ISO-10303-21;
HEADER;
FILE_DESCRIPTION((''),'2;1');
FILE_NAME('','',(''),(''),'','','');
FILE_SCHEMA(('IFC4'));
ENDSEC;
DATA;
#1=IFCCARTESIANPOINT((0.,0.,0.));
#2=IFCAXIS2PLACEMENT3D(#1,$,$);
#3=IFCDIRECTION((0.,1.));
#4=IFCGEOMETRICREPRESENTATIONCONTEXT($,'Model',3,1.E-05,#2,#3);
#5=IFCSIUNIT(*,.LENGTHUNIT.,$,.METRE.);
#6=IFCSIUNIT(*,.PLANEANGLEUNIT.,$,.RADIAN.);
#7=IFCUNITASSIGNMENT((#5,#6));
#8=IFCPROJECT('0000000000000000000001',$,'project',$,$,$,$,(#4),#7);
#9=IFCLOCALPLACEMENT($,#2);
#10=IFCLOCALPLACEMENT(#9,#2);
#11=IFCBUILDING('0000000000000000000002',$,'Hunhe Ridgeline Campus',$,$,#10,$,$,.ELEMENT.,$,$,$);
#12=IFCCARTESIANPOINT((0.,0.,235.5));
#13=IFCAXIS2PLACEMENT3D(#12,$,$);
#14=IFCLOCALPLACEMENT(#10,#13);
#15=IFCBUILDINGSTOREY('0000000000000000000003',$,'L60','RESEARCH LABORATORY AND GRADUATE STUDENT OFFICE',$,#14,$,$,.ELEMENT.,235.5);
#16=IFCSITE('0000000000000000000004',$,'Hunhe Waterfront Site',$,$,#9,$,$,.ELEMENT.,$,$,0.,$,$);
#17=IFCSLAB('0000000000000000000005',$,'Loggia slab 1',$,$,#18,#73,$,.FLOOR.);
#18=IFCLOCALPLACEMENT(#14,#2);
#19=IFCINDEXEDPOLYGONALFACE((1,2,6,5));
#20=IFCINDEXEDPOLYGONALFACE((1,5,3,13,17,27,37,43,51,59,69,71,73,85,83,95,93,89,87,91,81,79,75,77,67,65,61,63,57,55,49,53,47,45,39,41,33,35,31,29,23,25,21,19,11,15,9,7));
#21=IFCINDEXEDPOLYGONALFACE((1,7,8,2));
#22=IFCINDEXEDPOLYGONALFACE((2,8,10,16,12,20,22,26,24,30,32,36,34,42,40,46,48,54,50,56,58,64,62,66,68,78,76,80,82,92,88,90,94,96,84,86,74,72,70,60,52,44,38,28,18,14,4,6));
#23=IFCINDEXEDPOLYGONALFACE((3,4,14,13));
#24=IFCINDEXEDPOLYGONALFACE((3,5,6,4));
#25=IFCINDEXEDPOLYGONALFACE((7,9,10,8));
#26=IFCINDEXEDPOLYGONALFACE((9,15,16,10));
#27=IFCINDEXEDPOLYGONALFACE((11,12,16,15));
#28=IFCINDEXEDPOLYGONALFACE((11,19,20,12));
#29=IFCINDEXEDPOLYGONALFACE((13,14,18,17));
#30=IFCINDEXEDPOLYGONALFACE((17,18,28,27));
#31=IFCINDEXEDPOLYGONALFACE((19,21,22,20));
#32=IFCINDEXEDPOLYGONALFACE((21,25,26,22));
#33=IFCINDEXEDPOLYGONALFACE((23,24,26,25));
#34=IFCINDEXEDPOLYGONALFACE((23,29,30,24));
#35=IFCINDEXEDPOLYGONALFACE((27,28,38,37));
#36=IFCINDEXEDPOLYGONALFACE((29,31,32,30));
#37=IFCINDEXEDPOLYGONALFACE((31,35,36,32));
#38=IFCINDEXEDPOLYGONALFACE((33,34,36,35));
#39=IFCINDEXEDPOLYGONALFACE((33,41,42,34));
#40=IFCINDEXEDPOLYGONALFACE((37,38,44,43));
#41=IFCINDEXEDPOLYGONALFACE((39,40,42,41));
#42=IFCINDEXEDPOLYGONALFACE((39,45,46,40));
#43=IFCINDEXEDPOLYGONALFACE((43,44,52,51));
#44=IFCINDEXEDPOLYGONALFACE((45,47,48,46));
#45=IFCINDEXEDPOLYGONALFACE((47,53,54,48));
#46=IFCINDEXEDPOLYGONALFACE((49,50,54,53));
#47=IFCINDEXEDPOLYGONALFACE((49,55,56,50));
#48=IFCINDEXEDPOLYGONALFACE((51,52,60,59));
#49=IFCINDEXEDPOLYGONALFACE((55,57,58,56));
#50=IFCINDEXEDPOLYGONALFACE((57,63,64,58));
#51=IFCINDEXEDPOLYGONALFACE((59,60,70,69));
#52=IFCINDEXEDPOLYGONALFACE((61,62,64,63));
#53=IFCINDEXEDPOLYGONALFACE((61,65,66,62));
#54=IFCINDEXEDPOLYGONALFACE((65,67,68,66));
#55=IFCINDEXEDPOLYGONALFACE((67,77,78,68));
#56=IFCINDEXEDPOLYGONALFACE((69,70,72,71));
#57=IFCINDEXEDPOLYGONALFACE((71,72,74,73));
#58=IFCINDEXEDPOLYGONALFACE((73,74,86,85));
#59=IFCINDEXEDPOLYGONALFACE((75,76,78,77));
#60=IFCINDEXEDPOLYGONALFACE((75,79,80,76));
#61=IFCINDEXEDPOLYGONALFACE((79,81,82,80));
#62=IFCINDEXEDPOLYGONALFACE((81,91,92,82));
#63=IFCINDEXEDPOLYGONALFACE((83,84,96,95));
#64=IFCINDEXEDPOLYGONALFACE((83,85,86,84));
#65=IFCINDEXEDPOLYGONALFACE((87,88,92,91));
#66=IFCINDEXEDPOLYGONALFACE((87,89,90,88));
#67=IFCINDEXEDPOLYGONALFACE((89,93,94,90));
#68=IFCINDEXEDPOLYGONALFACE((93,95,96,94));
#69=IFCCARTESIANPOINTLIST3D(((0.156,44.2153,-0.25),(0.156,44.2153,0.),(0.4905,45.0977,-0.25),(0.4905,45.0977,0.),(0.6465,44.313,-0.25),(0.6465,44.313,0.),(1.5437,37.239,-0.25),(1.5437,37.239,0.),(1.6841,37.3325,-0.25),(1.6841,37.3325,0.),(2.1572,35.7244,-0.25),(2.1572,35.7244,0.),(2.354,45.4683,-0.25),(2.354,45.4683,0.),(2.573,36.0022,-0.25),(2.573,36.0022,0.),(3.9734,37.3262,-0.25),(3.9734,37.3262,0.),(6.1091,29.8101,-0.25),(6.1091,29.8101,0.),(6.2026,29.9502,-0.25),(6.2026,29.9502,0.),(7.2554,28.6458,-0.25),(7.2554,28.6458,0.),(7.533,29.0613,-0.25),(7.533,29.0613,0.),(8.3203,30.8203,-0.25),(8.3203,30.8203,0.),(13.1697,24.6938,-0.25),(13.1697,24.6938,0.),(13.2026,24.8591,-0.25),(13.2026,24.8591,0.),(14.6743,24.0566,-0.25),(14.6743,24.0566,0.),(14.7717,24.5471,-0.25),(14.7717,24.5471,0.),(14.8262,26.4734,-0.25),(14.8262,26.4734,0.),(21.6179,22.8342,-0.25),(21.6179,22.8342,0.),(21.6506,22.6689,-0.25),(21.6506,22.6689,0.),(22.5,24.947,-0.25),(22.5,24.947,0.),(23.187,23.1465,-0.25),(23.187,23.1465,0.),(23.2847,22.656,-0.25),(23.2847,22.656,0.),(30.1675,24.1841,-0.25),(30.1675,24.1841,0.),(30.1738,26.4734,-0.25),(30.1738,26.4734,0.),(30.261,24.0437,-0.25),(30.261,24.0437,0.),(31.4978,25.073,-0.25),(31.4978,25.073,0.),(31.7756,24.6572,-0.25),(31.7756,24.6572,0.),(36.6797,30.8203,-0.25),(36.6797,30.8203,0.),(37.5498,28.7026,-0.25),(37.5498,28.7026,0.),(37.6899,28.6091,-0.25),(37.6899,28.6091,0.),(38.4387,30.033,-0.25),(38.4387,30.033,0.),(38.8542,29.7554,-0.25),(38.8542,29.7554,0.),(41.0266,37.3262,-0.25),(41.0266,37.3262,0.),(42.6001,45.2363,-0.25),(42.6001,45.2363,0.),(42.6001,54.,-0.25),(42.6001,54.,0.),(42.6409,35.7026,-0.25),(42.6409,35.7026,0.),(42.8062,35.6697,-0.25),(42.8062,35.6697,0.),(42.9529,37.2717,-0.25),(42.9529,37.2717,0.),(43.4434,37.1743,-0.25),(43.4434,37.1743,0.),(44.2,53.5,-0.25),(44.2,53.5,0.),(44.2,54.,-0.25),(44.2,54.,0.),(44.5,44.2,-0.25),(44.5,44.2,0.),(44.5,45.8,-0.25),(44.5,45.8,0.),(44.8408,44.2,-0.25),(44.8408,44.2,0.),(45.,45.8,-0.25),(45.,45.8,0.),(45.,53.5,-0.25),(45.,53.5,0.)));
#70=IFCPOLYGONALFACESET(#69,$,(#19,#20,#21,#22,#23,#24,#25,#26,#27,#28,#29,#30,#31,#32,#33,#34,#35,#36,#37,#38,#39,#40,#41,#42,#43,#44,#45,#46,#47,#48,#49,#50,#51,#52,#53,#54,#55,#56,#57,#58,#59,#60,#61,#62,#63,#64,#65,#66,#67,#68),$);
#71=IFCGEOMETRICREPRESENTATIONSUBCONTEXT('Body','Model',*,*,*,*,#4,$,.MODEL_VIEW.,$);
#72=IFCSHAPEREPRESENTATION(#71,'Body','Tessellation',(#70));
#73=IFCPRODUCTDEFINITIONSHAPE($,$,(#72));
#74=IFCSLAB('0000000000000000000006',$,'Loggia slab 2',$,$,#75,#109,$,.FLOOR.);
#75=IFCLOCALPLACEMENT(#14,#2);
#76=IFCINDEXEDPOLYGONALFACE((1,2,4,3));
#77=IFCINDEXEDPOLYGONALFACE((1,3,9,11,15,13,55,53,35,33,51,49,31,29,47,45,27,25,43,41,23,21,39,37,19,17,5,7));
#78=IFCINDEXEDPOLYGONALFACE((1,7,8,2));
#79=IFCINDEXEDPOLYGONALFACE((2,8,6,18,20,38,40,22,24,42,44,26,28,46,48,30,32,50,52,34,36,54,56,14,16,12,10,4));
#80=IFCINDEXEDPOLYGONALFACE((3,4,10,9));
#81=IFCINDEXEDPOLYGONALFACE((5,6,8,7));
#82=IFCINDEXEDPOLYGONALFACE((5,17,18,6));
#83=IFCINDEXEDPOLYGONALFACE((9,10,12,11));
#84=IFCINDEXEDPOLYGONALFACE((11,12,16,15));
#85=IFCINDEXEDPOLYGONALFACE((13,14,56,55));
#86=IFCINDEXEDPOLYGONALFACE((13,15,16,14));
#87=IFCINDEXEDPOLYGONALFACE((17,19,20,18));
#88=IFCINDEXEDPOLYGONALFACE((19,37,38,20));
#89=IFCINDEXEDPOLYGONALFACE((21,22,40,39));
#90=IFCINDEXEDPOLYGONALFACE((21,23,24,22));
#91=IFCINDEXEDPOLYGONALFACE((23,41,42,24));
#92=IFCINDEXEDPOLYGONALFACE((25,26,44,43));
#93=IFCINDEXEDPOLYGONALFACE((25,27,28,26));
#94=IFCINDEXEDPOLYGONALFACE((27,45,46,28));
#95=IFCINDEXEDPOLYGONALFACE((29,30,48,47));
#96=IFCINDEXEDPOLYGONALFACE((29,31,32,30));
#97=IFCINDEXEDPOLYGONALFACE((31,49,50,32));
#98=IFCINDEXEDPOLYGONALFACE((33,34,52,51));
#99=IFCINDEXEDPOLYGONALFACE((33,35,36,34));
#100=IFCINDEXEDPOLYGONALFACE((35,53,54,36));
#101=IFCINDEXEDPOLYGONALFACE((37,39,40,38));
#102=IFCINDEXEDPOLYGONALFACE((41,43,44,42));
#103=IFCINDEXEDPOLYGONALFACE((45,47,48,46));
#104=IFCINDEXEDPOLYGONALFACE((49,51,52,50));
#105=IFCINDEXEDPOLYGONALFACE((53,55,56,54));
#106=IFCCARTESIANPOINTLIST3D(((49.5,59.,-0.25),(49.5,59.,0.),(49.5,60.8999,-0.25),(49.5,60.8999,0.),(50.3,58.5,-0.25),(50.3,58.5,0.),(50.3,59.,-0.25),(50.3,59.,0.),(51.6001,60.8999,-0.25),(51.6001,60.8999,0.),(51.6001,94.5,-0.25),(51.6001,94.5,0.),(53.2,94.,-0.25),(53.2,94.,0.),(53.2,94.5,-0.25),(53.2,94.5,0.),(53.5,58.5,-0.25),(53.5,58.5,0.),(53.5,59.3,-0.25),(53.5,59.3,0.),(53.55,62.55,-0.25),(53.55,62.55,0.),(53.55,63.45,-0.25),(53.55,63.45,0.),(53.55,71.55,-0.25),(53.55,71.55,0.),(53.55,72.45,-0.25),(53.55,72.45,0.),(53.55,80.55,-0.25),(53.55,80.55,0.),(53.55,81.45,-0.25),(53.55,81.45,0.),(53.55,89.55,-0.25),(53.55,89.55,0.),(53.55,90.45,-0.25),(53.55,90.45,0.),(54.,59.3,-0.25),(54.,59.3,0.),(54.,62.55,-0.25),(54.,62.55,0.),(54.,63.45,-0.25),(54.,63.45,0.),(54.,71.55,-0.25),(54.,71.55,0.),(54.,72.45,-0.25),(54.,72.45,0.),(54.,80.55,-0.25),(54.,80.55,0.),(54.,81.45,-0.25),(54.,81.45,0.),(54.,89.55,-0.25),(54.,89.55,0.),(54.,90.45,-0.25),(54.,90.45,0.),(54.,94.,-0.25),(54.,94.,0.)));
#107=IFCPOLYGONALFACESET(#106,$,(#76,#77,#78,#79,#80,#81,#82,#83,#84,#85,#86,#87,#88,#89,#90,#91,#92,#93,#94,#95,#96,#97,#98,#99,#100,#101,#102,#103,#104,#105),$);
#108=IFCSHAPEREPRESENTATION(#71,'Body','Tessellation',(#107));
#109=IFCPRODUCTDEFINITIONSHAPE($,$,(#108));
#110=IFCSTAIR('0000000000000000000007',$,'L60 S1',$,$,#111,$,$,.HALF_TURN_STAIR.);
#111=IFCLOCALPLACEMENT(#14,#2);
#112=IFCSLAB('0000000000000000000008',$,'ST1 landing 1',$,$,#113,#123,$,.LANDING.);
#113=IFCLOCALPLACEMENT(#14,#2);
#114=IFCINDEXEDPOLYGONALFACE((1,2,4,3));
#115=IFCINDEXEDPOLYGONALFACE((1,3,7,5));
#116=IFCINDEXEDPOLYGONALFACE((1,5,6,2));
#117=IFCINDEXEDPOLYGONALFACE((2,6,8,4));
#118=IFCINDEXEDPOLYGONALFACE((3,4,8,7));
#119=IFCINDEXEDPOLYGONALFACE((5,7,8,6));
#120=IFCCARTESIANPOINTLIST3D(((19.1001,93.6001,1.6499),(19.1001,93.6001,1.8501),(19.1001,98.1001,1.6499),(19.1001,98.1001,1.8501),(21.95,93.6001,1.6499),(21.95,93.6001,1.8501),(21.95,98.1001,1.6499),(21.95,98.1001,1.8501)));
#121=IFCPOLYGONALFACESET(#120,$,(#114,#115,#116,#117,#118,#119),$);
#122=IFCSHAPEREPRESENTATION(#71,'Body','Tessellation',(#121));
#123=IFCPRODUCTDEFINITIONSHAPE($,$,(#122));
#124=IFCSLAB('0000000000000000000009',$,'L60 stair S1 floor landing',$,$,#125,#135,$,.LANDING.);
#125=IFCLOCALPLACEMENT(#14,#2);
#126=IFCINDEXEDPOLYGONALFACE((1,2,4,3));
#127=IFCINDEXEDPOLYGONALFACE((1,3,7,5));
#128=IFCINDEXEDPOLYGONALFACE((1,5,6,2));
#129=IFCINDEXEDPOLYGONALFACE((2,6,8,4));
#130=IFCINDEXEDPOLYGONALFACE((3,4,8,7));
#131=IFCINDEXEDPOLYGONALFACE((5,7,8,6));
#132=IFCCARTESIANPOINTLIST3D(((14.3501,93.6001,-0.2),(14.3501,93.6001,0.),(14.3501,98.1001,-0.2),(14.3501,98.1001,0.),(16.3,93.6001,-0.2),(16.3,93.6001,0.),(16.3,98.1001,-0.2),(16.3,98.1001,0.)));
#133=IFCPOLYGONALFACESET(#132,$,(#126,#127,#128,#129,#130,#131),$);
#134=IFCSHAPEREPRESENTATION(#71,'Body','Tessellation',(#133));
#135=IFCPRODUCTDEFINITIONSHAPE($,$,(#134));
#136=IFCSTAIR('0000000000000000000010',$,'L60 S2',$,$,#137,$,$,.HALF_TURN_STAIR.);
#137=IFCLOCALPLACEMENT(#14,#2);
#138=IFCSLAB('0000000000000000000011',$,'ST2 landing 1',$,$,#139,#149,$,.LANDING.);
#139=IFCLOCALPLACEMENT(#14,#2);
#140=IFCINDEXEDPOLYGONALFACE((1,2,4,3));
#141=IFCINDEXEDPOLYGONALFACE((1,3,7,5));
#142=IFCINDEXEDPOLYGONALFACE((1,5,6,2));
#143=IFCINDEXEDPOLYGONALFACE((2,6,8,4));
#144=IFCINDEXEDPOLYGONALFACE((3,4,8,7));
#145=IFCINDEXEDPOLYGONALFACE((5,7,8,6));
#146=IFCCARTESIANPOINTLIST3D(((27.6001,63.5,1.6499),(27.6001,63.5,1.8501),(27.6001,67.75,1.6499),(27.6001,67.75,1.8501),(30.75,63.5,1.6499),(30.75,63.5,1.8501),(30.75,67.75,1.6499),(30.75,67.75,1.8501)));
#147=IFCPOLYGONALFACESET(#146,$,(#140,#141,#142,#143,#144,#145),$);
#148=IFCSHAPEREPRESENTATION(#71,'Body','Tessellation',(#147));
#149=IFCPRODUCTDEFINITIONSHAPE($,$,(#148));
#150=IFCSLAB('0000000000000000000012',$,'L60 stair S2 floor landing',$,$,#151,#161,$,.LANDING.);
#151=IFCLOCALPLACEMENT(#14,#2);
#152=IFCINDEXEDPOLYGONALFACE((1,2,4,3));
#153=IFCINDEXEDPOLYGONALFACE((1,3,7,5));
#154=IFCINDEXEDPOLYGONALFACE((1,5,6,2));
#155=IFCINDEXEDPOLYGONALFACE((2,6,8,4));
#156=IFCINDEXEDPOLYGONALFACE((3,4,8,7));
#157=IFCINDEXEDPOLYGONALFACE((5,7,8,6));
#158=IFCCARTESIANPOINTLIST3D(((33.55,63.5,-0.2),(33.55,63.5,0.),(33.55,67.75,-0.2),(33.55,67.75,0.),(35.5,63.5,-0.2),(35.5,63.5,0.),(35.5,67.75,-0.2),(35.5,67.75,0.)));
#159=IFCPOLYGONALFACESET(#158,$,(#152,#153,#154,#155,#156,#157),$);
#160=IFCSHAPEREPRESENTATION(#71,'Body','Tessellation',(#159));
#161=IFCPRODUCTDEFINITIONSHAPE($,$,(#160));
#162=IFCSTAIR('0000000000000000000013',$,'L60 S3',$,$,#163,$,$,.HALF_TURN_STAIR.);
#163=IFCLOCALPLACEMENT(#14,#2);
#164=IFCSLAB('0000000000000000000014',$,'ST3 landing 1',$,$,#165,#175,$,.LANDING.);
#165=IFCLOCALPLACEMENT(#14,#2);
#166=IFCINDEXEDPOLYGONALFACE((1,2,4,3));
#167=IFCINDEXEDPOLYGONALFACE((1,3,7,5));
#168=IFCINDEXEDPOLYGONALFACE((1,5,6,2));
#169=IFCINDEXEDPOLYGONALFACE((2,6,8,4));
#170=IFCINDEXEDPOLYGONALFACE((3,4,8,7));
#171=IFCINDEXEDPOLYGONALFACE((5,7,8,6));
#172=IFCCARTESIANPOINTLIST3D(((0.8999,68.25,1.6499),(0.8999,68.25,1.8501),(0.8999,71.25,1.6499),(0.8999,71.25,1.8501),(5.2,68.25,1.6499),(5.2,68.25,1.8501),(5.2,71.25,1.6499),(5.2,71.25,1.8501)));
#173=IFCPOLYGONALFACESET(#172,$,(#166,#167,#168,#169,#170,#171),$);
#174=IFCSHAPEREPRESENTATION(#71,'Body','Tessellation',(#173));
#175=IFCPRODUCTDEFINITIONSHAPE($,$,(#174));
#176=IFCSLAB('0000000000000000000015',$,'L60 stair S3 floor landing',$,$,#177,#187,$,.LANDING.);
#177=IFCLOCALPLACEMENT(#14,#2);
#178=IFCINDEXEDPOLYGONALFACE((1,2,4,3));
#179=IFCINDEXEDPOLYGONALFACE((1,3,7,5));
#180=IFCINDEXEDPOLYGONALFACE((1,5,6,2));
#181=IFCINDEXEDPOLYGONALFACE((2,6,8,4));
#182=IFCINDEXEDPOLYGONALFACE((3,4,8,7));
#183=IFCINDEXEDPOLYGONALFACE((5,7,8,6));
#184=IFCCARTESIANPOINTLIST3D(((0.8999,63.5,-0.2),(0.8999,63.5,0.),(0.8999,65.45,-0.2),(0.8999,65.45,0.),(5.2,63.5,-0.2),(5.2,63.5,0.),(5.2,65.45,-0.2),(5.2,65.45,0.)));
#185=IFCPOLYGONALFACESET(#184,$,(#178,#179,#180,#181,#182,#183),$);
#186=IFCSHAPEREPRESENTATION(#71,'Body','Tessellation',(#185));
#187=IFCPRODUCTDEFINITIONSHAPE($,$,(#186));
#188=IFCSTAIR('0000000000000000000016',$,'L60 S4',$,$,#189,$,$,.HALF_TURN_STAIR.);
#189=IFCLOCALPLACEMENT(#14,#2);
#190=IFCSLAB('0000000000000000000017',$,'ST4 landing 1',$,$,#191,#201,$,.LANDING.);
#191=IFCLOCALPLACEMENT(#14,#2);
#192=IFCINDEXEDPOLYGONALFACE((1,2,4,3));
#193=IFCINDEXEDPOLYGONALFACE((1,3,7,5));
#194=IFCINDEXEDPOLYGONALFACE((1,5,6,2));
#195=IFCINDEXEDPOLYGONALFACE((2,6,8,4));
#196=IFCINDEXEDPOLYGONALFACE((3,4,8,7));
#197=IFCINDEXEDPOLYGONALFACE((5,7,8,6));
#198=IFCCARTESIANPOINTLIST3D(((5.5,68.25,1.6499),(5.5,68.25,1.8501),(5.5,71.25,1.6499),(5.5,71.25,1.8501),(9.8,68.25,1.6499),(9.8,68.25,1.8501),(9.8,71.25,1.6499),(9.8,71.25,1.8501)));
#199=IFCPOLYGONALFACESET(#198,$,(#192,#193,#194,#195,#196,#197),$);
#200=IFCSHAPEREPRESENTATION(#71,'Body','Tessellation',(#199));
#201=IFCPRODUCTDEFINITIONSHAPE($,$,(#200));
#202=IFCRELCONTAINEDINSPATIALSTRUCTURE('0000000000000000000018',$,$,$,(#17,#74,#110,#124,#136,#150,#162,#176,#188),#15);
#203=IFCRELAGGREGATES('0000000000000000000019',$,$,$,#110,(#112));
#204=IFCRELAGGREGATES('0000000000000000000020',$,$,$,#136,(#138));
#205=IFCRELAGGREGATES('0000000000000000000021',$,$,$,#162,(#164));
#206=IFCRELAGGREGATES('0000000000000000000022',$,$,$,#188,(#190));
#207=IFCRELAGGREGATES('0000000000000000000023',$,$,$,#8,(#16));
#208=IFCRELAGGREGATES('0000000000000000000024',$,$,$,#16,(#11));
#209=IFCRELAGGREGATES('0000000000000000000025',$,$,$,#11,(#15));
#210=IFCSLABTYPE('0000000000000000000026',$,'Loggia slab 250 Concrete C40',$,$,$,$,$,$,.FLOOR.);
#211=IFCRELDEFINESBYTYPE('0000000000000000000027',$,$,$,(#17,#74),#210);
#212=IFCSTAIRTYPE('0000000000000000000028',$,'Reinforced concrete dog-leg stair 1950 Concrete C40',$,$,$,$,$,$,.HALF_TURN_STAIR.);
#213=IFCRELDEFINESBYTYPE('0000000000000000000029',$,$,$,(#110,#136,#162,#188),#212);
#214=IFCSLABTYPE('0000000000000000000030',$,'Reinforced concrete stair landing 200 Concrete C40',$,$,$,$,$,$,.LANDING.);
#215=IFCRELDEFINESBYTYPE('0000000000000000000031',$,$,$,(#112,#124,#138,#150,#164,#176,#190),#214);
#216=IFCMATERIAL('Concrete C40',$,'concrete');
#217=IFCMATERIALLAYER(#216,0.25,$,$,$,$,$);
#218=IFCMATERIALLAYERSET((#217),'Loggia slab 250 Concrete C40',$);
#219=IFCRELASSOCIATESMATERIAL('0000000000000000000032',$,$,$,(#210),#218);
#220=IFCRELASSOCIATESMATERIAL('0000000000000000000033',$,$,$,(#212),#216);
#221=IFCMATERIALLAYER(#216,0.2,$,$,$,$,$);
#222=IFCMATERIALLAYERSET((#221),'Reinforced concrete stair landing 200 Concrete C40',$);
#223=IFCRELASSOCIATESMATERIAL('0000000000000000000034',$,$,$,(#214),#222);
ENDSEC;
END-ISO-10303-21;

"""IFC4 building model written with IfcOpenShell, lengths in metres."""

from ifc_helpers import new_model, si_unit, direction, frame, origin, place, context, subcontext, project, spatial, polyline, outline, extrude, material, layer, layer_set, type_object, element, aggregate, save


model = new_model("IFC4")

# Units and contexts
model_context = context("Model", 3, precision=1e-05, world=origin(), true_north=direction((0.0, 1.0)))
body_context = subcontext(model_context, "Body", "Model", "MODEL_VIEW")
ifc_project = project(units=[si_unit("LENGTHUNIT", "METRE"), si_unit("PLANEANGLEUNIT", "RADIAN")], contexts=[model_context])

# Site, building, storey
site_placement = place(None, origin())
site = spatial("IfcSite", under=ifc_project, at=site_placement, Name="Hunhe Waterfront Site", CompositionType="ELEMENT", RefElevation=0.0)
building_placement = place(site_placement, origin())
building = spatial("IfcBuilding", under=site, at=building_placement, Name="Hunhe Ridgeline Campus", CompositionType="ELEMENT")
storey_placement = place(building_placement, frame((0.0, 0.0, 235.5)))
storey = spatial("IfcBuildingStorey", under=building, at=storey_placement, Name="L60", Description="RESEARCH LABORATORY AND GRADUATE STUDENT OFFICE", CompositionType="ELEMENT", Elevation=235.5)

# Slabs
ifc_material_1 = material(Name="Concrete C40", Category="concrete")
ifc_layer_1 = layer(ifc_material_1, 0.25)
ifc_layer_set_1 = layer_set([ifc_layer_1], Name="Loggia slab 250 Concrete C40")
slab_type_1 = type_object("IfcSlabType", Name="Loggia slab 250 Concrete C40", PredefinedType="FLOOR", material=ifc_layer_set_1)
slab_1_placement = place(storey_placement, frame((0.0, 0.0, -0.25)))
element("IfcSlab", 1, at=slab_1_placement, inside=storey, type_object=slab_type_1, Name="Loggia slab 1", PredefinedType="FLOOR", context=body_context, shape_type="SweptSolid", body=[
    extrude(outline(polyline([(30.1738, 26.4734), (22.5, 24.947), (14.8262, 26.4734), (8.3203, 30.8203), (3.9734, 37.3262), (2.354, 45.4683), (0.4905, 45.0977), (0.6465, 44.313), (0.156, 44.2153), (1.5437, 37.239), (1.6841, 37.3325), (2.573, 36.0022), (2.1572, 35.7244), (6.1091, 29.8101), (6.2026, 29.9502), (7.533, 29.0613), (7.2554, 28.6458), (13.1697, 24.6938), (13.2026, 24.8591), (14.7717, 24.5471), (14.6743, 24.0566), (21.6506, 22.6689), (21.6179, 22.8342), (23.187, 23.1465), (23.2847, 22.656), (30.261, 24.0437), (30.1675, 24.1841), (31.4978, 25.073), (31.7756, 24.6572), (37.6899, 28.6091), (37.5498, 28.7026), (38.4387, 30.033), (38.8542, 29.7554), (42.8062, 35.6697), (42.6409, 35.7026), (42.9529, 37.2717), (43.4434, 37.1743), (44.8408, 44.2), (44.5, 44.2), (44.5, 45.8), (45.0, 45.8), (45.0, 53.5), (44.2, 53.5), (44.2, 54.0), (42.6001, 54.0), (42.6001, 45.2363), (41.0266, 37.3262), (36.6797, 30.8203), (30.1738, 26.4734)])), origin(), (0.0, 0.0, 1.0), 0.25),
])
slab_2_placement = place(storey_placement, frame((0.0, 0.0, -0.25)))
element("IfcSlab", 2, at=slab_2_placement, inside=storey, type_object=slab_type_1, Name="Loggia slab 2", PredefinedType="FLOOR", context=body_context, shape_type="SweptSolid", body=[
    extrude(outline(polyline([(49.5, 59.0), (50.3, 59.0), (50.3, 58.5), (53.5, 58.5), (53.5, 59.3), (54.0, 59.3), (54.0, 62.55), (53.55, 62.55), (53.55, 63.45), (54.0, 63.45), (54.0, 71.55), (53.55, 71.55), (53.55, 72.45), (54.0, 72.45), (54.0, 80.55), (53.55, 80.55), (53.55, 81.45), (54.0, 81.45), (54.0, 89.55), (53.55, 89.55), (53.55, 90.45), (54.0, 90.45), (54.0, 94.0), (53.2, 94.0), (53.2, 94.5), (51.6001, 94.5), (51.6001, 60.8999), (49.5, 60.8999), (49.5, 59.0)])), origin(), (0.0, 0.0, 1.0), 0.25),
])

# Stair, slab
stair_type = type_object("IfcStairType", Name="Reinforced concrete dog-leg stair 1950 Concrete C40", PredefinedType="HALF_TURN_STAIR", material=ifc_material_1)
stair_1_placement = place(storey_placement, origin())
stair_1 = element("IfcStair", 3, at=stair_1_placement, inside=storey, type_object=stair_type, Name="L60 S1", PredefinedType="HALF_TURN_STAIR")
ifc_layer_2 = layer(ifc_material_1, 0.2)
ifc_layer_set_2 = layer_set([ifc_layer_2], Name="Reinforced concrete stair landing 200 Concrete C40")
slab_type_2 = type_object("IfcSlabType", Name="Reinforced concrete stair landing 200 Concrete C40", PredefinedType="LANDING", material=ifc_layer_set_2)
slab_3_placement = place(storey_placement, frame((0.0, 0.0, 1.6499)))
slab_3 = element("IfcSlab", 4, at=slab_3_placement, type_object=slab_type_2, Name="ST1 landing 1", PredefinedType="LANDING", context=body_context, shape_type="SweptSolid", body=[
    extrude(outline(polyline([(19.1001, 93.6001), (21.95, 93.6001), (21.95, 98.1001), (19.1001, 98.1001), (19.1001, 93.6001)])), origin(), (0.0, 0.0, 1.0), 0.2002),
])
aggregate(stair_1, [slab_3])

# Slab
slab_4_placement = place(storey_placement, frame((0.0, 0.0, -0.2)))
element("IfcSlab", 5, at=slab_4_placement, inside=storey, type_object=slab_type_2, Name="L60 stair S1 floor landing", PredefinedType="LANDING", context=body_context, shape_type="SweptSolid", body=[
    extrude(outline(polyline([(14.3501, 93.6001), (16.3, 93.6001), (16.3, 98.1001), (14.3501, 98.1001), (14.3501, 93.6001)])), origin(), (0.0, 0.0, 1.0), 0.2),
])

# Stair, slab
stair_2_placement = place(storey_placement, origin())
stair_2 = element("IfcStair", 6, at=stair_2_placement, inside=storey, type_object=stair_type, Name="L60 S2", PredefinedType="HALF_TURN_STAIR")
slab_5_placement = place(storey_placement, frame((0.0, 0.0, 1.6499)))
slab_5 = element("IfcSlab", 7, at=slab_5_placement, type_object=slab_type_2, Name="ST2 landing 1", PredefinedType="LANDING", context=body_context, shape_type="SweptSolid", body=[
    extrude(outline(polyline([(30.75, 67.75), (27.6001, 67.75), (27.6001, 63.5), (30.75, 63.5), (30.75, 67.75)])), origin(), (0.0, 0.0, 1.0), 0.2002),
])
aggregate(stair_2, [slab_5])

# Slab
slab_6_placement = place(storey_placement, frame((0.0, 0.0, -0.2)))
element("IfcSlab", 8, at=slab_6_placement, inside=storey, type_object=slab_type_2, Name="L60 stair S2 floor landing", PredefinedType="LANDING", context=body_context, shape_type="SweptSolid", body=[
    extrude(outline(polyline([(35.5, 67.75), (33.55, 67.75), (33.55, 63.5), (35.5, 63.5), (35.5, 67.75)])), origin(), (0.0, 0.0, 1.0), 0.2),
])

# Stair, slab
stair_3_placement = place(storey_placement, origin())
stair_3 = element("IfcStair", 9, at=stair_3_placement, inside=storey, type_object=stair_type, Name="L60 S3", PredefinedType="HALF_TURN_STAIR")
slab_7_placement = place(storey_placement, frame((0.0, 0.0, 1.6499)))
slab_7 = element("IfcSlab", 10, at=slab_7_placement, type_object=slab_type_2, Name="ST3 landing 1", PredefinedType="LANDING", context=body_context, shape_type="SweptSolid", body=[
    extrude(outline(polyline([(5.2, 68.25), (5.2, 71.25), (0.8999, 71.25), (0.8999, 68.25), (5.2, 68.25)])), origin(), (0.0, 0.0, 1.0), 0.2002),
])
aggregate(stair_3, [slab_7])

# Slab
slab_8_placement = place(storey_placement, frame((0.0, 0.0, -0.2)))
element("IfcSlab", 11, at=slab_8_placement, inside=storey, type_object=slab_type_2, Name="L60 stair S3 floor landing", PredefinedType="LANDING", context=body_context, shape_type="SweptSolid", body=[
    extrude(outline(polyline([(5.2, 63.5), (5.2, 65.45), (0.8999, 65.45), (0.8999, 63.5), (5.2, 63.5)])), origin(), (0.0, 0.0, 1.0), 0.2),
])

# Stair, slab
stair_4_placement = place(storey_placement, origin())
stair_4 = element("IfcStair", 12, at=stair_4_placement, inside=storey, type_object=stair_type, Name="L60 S4", PredefinedType="HALF_TURN_STAIR")
slab_9_placement = place(storey_placement, frame((0.0, 0.0, 1.6499)))
slab_9 = element("IfcSlab", 13, at=slab_9_placement, type_object=slab_type_2, Name="ST4 landing 1", PredefinedType="LANDING", context=body_context, shape_type="SweptSolid", body=[
    extrude(outline(polyline([(9.8, 68.25), (9.8, 71.25), (5.5, 71.25), (5.5, 68.25), (9.8, 68.25)])), origin(), (0.0, 0.0, 1.0), 0.2002),
])
aggregate(stair_4, [slab_9])

save(model, "model.ifc")
